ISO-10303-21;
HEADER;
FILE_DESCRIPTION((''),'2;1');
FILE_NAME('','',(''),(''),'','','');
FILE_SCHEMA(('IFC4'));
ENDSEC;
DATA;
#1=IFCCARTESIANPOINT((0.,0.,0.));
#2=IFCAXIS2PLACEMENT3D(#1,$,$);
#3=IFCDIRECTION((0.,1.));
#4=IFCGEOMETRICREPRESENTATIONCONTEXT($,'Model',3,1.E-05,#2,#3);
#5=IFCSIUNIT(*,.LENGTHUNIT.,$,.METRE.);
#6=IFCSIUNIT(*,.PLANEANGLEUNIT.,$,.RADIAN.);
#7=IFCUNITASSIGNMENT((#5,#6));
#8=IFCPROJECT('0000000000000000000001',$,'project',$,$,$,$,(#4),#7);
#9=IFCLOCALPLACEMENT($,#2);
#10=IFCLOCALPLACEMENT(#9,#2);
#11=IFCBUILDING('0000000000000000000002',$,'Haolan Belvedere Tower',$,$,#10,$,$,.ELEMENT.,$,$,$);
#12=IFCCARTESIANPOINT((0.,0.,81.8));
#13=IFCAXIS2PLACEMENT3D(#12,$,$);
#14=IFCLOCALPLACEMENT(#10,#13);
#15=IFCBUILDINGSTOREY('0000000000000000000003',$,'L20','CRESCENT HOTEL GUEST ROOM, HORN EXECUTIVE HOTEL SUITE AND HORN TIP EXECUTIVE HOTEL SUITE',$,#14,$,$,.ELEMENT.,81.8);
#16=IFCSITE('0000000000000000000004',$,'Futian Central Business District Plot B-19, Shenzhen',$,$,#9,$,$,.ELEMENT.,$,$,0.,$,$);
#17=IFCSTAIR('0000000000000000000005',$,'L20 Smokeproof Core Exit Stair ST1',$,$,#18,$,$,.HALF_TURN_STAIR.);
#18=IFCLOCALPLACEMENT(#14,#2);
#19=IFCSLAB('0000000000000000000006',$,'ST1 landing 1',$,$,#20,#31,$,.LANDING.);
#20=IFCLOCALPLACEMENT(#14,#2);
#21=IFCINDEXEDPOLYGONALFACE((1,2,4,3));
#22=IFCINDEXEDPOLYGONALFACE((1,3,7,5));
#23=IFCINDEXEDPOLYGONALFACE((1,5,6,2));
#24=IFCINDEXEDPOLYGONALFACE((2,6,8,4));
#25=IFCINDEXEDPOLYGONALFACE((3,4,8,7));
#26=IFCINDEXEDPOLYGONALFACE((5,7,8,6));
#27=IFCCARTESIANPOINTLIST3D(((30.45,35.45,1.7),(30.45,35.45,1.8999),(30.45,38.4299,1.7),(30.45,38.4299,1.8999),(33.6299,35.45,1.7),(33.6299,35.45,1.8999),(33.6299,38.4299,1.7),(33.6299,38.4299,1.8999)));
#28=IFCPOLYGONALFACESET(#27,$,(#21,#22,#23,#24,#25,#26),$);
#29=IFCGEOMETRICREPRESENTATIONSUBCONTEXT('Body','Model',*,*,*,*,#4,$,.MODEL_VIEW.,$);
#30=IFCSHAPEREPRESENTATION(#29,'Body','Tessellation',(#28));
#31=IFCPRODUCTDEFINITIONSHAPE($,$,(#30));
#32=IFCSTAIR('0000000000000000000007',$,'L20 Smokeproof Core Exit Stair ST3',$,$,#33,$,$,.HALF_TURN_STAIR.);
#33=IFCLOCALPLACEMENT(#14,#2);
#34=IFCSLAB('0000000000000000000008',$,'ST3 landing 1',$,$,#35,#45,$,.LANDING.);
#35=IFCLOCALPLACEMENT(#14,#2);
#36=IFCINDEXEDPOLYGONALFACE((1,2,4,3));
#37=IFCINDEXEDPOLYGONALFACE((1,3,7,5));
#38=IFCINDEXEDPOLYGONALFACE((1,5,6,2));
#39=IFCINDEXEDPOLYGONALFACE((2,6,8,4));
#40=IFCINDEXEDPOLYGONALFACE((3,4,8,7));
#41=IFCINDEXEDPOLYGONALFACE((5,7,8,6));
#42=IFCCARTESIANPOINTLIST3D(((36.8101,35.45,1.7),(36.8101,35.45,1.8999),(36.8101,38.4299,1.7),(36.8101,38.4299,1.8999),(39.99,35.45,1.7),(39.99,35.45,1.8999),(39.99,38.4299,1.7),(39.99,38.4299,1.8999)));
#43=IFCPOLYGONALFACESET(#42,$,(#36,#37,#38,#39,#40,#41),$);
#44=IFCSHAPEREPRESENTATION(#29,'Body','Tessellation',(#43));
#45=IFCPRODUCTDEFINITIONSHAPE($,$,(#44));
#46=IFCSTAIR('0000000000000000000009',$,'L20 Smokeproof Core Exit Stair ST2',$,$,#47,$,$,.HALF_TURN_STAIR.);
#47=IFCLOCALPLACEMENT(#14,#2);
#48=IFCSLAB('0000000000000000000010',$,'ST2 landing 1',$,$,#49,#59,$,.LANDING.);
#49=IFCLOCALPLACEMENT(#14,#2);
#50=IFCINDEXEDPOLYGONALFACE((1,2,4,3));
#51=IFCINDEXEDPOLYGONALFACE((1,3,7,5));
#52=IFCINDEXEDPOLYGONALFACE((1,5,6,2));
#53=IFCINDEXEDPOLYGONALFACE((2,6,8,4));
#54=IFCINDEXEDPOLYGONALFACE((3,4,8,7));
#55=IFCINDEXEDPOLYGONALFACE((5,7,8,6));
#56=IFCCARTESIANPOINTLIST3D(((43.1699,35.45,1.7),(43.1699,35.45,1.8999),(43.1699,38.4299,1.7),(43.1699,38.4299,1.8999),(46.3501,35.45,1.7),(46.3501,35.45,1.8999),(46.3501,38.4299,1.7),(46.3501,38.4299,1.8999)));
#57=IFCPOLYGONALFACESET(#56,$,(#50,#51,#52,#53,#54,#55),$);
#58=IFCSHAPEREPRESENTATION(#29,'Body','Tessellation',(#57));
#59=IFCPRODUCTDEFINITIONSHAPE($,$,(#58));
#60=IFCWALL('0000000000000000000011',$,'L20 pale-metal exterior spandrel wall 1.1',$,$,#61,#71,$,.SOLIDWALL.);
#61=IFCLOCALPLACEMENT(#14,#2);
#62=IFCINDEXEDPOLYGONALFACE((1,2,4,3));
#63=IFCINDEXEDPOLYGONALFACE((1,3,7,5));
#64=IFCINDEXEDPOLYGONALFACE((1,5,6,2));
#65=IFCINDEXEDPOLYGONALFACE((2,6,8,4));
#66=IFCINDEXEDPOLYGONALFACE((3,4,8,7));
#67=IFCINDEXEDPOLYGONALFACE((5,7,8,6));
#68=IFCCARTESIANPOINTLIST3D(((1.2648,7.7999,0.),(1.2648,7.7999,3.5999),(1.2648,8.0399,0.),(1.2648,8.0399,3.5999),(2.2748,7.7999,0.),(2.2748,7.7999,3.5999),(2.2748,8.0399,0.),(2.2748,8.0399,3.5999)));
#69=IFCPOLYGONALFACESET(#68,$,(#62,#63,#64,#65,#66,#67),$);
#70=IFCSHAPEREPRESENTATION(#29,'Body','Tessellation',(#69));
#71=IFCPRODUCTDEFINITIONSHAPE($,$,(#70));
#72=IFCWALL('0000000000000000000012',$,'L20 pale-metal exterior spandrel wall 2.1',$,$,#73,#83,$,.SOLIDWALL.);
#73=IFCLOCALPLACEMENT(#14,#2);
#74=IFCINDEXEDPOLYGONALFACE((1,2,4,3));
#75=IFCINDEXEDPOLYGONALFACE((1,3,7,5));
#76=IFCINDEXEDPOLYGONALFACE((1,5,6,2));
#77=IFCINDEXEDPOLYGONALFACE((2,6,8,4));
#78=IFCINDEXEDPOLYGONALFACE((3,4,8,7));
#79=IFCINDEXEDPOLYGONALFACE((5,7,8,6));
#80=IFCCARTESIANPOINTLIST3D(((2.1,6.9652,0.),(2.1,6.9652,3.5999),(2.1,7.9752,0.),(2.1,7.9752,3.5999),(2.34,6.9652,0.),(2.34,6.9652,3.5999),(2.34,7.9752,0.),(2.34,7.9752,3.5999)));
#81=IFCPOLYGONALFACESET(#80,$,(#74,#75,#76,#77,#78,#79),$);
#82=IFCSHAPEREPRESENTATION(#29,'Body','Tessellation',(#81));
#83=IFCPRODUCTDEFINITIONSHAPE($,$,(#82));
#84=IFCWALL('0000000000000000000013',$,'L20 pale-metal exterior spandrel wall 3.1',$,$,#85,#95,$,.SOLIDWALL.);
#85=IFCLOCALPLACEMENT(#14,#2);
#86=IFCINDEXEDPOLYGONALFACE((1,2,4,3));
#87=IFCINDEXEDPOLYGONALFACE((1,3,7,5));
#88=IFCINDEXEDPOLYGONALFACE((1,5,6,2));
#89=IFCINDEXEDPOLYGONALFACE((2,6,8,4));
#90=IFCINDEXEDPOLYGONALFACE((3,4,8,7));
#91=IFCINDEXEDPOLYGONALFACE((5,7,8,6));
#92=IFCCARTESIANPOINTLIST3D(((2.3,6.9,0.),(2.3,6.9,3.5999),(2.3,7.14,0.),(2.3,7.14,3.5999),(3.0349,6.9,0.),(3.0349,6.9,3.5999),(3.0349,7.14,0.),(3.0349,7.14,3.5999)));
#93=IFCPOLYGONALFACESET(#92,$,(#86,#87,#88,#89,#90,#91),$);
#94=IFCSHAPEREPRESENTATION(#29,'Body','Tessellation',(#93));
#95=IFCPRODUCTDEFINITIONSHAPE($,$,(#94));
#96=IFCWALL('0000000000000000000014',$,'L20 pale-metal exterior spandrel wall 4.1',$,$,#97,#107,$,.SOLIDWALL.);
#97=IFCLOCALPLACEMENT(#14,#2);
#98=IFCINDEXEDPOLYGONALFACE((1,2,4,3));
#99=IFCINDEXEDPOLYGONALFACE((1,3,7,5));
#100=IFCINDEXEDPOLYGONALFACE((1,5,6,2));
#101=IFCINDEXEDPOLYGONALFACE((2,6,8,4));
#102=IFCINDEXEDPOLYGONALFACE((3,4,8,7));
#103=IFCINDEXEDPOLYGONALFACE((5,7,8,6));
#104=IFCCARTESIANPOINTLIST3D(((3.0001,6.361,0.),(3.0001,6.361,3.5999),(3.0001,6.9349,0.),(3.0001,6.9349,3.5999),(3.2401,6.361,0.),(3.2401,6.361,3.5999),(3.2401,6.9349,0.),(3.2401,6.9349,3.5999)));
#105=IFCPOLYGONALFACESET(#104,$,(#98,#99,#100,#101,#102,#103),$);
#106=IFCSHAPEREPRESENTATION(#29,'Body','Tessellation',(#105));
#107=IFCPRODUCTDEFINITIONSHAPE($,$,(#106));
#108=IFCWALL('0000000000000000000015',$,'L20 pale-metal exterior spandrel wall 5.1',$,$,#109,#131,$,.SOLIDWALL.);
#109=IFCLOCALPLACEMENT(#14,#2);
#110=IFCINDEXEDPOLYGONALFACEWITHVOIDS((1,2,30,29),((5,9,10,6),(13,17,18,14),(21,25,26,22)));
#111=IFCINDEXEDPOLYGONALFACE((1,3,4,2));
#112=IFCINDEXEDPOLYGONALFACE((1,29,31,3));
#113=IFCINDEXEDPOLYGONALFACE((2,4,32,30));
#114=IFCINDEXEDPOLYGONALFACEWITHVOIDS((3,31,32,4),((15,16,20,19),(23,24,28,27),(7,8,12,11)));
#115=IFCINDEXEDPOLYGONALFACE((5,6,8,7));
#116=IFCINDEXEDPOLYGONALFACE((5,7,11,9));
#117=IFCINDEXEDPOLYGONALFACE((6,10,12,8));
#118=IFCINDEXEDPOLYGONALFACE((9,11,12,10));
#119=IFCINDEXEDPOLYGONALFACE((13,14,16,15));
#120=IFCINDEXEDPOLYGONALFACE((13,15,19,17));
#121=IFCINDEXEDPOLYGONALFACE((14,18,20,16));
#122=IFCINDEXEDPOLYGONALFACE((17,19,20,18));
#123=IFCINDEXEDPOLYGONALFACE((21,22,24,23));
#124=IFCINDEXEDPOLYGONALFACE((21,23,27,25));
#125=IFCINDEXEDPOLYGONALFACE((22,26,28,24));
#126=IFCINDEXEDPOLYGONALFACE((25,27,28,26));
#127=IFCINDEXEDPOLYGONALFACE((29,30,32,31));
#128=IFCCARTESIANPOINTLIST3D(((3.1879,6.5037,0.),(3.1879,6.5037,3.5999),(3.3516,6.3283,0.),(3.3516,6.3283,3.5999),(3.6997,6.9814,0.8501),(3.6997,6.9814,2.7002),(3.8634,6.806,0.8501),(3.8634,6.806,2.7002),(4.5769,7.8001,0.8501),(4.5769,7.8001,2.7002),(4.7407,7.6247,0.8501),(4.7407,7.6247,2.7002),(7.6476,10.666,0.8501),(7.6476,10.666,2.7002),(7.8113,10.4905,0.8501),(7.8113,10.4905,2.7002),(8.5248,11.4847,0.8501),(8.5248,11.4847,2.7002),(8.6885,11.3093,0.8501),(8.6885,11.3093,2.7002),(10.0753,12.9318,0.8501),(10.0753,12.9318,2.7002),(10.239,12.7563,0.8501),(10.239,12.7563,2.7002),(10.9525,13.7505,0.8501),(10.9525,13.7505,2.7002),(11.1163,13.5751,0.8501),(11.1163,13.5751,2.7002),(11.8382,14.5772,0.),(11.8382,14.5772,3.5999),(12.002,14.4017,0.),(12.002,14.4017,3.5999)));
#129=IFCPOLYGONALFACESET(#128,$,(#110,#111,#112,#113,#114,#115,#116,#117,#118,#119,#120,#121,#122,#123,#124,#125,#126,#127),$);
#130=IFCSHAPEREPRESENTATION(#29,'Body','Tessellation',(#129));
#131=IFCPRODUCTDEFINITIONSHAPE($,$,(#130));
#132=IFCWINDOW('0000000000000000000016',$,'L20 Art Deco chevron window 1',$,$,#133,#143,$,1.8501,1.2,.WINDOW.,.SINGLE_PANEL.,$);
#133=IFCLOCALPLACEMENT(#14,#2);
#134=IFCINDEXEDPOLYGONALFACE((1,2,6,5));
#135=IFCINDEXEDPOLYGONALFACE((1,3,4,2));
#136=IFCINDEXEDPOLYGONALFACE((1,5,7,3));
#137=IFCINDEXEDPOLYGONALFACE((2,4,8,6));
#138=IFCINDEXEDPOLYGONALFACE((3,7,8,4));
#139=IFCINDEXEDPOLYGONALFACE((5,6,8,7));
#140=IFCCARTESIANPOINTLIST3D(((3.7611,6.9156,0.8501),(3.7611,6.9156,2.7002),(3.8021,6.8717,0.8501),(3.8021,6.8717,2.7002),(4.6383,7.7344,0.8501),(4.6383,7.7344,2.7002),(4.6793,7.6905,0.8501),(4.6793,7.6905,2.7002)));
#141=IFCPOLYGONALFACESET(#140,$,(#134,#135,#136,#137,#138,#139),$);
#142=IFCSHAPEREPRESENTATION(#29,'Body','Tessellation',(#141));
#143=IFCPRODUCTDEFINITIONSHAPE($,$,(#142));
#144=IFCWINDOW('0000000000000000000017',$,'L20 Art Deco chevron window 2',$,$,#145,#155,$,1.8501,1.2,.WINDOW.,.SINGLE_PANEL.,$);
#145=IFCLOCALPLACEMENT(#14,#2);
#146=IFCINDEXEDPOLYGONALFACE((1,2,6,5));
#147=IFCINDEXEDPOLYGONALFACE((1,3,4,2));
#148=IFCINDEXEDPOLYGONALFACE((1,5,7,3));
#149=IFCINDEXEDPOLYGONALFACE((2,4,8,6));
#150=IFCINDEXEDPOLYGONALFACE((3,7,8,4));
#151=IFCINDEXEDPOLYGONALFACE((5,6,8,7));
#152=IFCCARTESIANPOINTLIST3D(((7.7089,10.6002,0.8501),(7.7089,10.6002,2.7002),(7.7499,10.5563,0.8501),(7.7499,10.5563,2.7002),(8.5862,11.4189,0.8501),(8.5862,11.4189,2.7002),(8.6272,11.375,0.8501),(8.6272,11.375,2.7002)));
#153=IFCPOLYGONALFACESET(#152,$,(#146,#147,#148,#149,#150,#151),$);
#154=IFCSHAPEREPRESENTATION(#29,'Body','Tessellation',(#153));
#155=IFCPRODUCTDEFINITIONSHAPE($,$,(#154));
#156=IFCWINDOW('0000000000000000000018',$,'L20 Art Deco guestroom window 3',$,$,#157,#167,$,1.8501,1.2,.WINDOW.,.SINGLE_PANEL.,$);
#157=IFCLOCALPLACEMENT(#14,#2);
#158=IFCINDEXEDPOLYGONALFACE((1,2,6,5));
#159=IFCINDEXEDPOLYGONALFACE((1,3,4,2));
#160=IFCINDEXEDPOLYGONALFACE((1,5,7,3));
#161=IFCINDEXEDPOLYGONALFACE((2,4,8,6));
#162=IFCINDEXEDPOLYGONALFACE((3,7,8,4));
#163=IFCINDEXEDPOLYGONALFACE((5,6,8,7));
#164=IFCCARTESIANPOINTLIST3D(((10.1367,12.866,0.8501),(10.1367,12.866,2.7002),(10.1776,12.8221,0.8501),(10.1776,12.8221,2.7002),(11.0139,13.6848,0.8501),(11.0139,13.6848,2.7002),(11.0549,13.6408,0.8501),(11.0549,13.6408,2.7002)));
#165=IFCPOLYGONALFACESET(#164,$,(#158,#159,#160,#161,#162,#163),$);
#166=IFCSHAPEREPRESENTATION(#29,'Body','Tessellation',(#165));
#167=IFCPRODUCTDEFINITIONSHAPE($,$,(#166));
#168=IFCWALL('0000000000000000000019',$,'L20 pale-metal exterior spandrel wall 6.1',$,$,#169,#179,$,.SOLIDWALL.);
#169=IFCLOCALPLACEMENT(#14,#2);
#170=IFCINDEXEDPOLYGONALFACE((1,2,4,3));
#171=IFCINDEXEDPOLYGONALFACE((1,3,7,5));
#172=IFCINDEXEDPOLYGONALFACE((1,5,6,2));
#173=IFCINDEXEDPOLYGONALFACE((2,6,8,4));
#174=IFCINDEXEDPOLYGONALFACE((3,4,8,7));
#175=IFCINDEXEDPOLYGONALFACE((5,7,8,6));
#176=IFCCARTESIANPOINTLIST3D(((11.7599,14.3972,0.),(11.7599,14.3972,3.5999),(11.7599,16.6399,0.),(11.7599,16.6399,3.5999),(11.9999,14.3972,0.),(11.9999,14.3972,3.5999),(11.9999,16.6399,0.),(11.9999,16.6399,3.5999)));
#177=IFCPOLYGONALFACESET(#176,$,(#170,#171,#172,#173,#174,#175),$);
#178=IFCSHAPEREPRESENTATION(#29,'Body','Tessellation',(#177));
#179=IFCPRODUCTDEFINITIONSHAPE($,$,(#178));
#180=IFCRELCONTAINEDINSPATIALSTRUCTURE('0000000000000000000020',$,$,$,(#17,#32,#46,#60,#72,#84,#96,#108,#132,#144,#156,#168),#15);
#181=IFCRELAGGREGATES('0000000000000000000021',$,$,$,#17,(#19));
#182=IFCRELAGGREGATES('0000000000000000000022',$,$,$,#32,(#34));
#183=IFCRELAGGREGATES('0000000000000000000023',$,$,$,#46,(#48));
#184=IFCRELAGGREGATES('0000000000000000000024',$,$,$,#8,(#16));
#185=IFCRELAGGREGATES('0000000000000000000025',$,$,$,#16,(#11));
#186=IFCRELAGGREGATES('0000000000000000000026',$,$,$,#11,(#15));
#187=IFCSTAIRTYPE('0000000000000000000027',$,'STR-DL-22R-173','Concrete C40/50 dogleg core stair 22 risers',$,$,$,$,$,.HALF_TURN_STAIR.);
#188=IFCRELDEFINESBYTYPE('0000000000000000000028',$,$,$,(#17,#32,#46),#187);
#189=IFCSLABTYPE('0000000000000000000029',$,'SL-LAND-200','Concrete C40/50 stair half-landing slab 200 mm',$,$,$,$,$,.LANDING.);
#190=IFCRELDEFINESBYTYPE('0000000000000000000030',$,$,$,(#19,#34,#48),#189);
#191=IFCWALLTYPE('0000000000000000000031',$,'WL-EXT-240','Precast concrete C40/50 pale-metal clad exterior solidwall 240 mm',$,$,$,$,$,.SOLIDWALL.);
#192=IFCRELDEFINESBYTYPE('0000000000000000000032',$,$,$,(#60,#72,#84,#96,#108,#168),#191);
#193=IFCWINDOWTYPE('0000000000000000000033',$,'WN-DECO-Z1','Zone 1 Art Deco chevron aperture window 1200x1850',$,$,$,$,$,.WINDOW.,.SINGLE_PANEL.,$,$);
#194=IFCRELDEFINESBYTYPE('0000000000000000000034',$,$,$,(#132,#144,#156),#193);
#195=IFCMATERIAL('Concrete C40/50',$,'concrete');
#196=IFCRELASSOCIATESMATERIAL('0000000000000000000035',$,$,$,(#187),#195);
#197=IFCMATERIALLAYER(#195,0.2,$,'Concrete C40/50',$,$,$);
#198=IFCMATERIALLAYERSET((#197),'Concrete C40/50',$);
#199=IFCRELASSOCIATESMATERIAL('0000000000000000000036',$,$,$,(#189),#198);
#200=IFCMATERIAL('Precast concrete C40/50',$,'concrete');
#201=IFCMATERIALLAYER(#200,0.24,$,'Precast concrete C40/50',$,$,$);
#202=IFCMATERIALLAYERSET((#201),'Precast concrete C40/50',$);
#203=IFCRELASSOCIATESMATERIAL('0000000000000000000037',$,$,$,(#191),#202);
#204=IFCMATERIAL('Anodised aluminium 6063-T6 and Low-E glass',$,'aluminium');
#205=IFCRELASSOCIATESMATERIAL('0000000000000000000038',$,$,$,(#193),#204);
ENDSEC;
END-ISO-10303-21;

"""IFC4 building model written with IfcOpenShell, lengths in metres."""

from ifc_helpers import new_model, si_unit, direction, frame, frame_2d, origin, place, context, subcontext, project, spatial, polyline, rectangle, outline, extrude, material, layer, layer_set, type_object, element, fill, aggregate, save


model = new_model("IFC4")

# Units and contexts
model_context = context("Model", 3, precision=1e-05, world=origin(), true_north=direction((0.0, 1.0)))
body_context = subcontext(model_context, "Body", "Model", "MODEL_VIEW")
ifc_project = project(units=[si_unit("LENGTHUNIT", "METRE"), si_unit("PLANEANGLEUNIT", "RADIAN")], contexts=[model_context])

# Site, building, storey
site_placement = place(None, origin())
site = spatial("IfcSite", under=ifc_project, at=site_placement, Name="Futian Central Business District Plot B-19, Shenzhen", CompositionType="ELEMENT", RefElevation=0.0)
building_placement = place(site_placement, origin())
building = spatial("IfcBuilding", under=site, at=building_placement, Name="Haolan Belvedere Tower", CompositionType="ELEMENT")
storey_placement = place(building_placement, frame((0.0, 0.0, 81.8)))
storey = spatial("IfcBuildingStorey", under=building, at=storey_placement, Name="L20", Description="CRESCENT HOTEL GUEST ROOM, HORN EXECUTIVE HOTEL SUITE AND HORN TIP EXECUTIVE HOTEL SUITE", CompositionType="ELEMENT", Elevation=81.8)

# Shared definitions
ifc_material_1 = material(Name="Concrete C40/50", Category="concrete")

# Stairs, slabs
stair_type = type_object("IfcStairType", Name="STR-DL-22R-173", Description="Concrete C40/50 dogleg core stair 22 risers", PredefinedType="HALF_TURN_STAIR", material=ifc_material_1)
stair_1_placement = place(storey_placement, origin())
stair_1 = element("IfcStair", 1, at=stair_1_placement, inside=storey, type_object=stair_type, Name="L20 Smokeproof Core Exit Stair ST1", PredefinedType="HALF_TURN_STAIR")
ifc_layer_1 = layer(ifc_material_1, 0.2, Name="Concrete C40/50")
ifc_layer_set_1 = layer_set([ifc_layer_1], Name="Concrete C40/50")
slab_type_1 = type_object("IfcSlabType", Name="SL-LAND-200", Description="Concrete C40/50 stair half-landing slab 200 mm", PredefinedType="LANDING", material=ifc_layer_set_1)
slab_1_placement = place(storey_placement, frame((0.0, 0.0, 1.7)))
slab_1 = element("IfcSlab", 2, at=slab_1_placement, type_object=slab_type_1, Name="ST1 landing 1", PredefinedType="LANDING", context=body_context, shape_type="SweptSolid", body=[
    extrude(outline(polyline([(30.45, 38.4299), (30.45, 35.45), (33.6299, 35.45), (33.6299, 38.4299), (30.45, 38.4299)])), origin(), (0.0, 0.0, 1.0), 0.2),
])
aggregate(stair_1, [slab_1])
stair_2_placement = place(storey_placement, origin())
stair_2 = element("IfcStair", 3, at=stair_2_placement, inside=storey, type_object=stair_type, Name="L20 Smokeproof Core Exit Stair ST3", PredefinedType="HALF_TURN_STAIR")
slab_2_placement = place(storey_placement, frame((0.0, 0.0, 1.7)))
slab_2 = element("IfcSlab", 4, at=slab_2_placement, type_object=slab_type_1, Name="ST3 landing 1", PredefinedType="LANDING", context=body_context, shape_type="SweptSolid", body=[
    extrude(outline(polyline([(36.8101, 38.4299), (36.8101, 35.45), (39.99, 35.45), (39.99, 38.4299), (36.8101, 38.4299)])), origin(), (0.0, 0.0, 1.0), 0.2),
])
aggregate(stair_2, [slab_2])
stair_3_placement = place(storey_placement, origin())
stair_3 = element("IfcStair", 5, at=stair_3_placement, inside=storey, type_object=stair_type, Name="L20 Smokeproof Core Exit Stair ST2", PredefinedType="HALF_TURN_STAIR")
slab_3_placement = place(storey_placement, frame((0.0, 0.0, 1.7)))
slab_3 = element("IfcSlab", 6, at=slab_3_placement, type_object=slab_type_1, Name="ST2 landing 1", PredefinedType="LANDING", context=body_context, shape_type="SweptSolid", body=[
    extrude(outline(polyline([(43.1699, 38.4299), (43.1699, 35.45), (46.3501, 35.45), (46.3501, 38.4299), (43.1699, 38.4299)])), origin(), (0.0, 0.0, 1.0), 0.2),
])
aggregate(stair_3, [slab_3])

# Walls
ifc_material_2 = material(Name="Precast concrete C40/50", Category="concrete")
ifc_layer_2 = layer(ifc_material_2, 0.24, Name="Precast concrete C40/50")
ifc_layer_set_2 = layer_set([ifc_layer_2], Name="Precast concrete C40/50")
wall_type_1 = type_object("IfcWallType", Name="WL-EXT-240", Description="Precast concrete C40/50 pale-metal clad exterior solidwall 240 mm", PredefinedType="SOLIDWALL", material=ifc_layer_set_2)
for number, where, z_axis, x_axis, name in (
    (7, (1.2649, 7.9199, 0.0), (0.0, 0.0, 1.0), (1.0, 0.0, 0.0), "L20 pale-metal exterior spandrel wall 1.1"),
    (8, (2.22, 7.9751, 0.0), (0.0, 0.0, 1.0), (0.0, -1.0, 0.0), "L20 pale-metal exterior spandrel wall 2.1"),
):
    element("IfcWall", number, at=place(storey_placement, frame(where, z_axis=z_axis, x_axis=x_axis)), inside=storey, type_object=wall_type_1, Name=name, PredefinedType="SOLIDWALL", context=body_context, shape_type="SweptSolid", body=[
        extrude(rectangle(XDim=1.01, YDim=0.24, at=frame_2d((0.5049, 0.0))), origin(), (0.0, 0.0, 1.0), 3.5999),
    ])
wall_1_placement = place(storey_placement, frame((2.3, 7.02, 0.0), z_axis=(0.0, 0.0, 1.0), x_axis=(1.0, 0.0, 0.0)))
element("IfcWall", 9, at=wall_1_placement, inside=storey, type_object=wall_type_1, Name="L20 pale-metal exterior spandrel wall 3.1", PredefinedType="SOLIDWALL", context=body_context, shape_type="SweptSolid", body=[
    extrude(rectangle(XDim=0.7349, YDim=0.24, at=frame_2d((0.3674, 0.0))), origin(), (0.0, 0.0, 1.0), 3.5999),
])
wall_2_placement = place(storey_placement, frame((3.1201, 6.9351, 0.0), z_axis=(0.0, 0.0, 1.0), x_axis=(0.0, -1.0, 0.0)))
element("IfcWall", 10, at=wall_2_placement, inside=storey, type_object=wall_type_1, Name="L20 pale-metal exterior spandrel wall 4.1", PredefinedType="SOLIDWALL", context=body_context, shape_type="SweptSolid", body=[
    extrude(rectangle(XDim=0.574, YDim=0.24, at=frame_2d((0.2871, 0.0))), origin(), (0.0, 0.0, 1.0), 3.5999),
])

# Wall, openings, windows
wall_3_placement = place(storey_placement, frame((3.2698, 6.416, 0.0), z_axis=(0.0, 0.0, 1.0), x_axis=(0.731064, 0.682309, 0.0)))
wall_3 = element("IfcWall", 11, at=wall_3_placement, inside=storey, type_object=wall_type_1, Name="L20 pale-metal exterior spandrel wall 5.1", PredefinedType="SOLIDWALL", context=body_context, shape_type="SweptSolid", body=[
    extrude(rectangle(XDim=11.8325, YDim=0.24, at=frame_2d((5.9163, 0.0))), origin(), (0.0, 0.0, 1.0), 3.5999),
])
opening_1_placement = place(wall_3_placement, frame((0.7, 0.0, 0.8501)))
opening_1 = element("IfcOpeningElement", 12, at=opening_1_placement, cuts=wall_3, PredefinedType="OPENING", context=body_context, shape_type="SweptSolid", body=[
    extrude(rectangle(XDim=1.2, YDim=1.8501, at=frame_2d((0.6001, 0.925))), frame((0.0, 0.1299, 0.0), z_axis=(0.0, -1.0, 0.0), x_axis=(1.0, 0.0, 0.0)), (0.0, 0.0, 1.0), 0.26),
])
opening_2_placement = place(wall_3_placement, frame((6.1001, 0.0, 0.8501)))
opening_2 = element("IfcOpeningElement", 13, at=opening_2_placement, cuts=wall_3, PredefinedType="OPENING", context=body_context, shape_type="SweptSolid", body=[
    extrude(rectangle(XDim=1.2, YDim=1.8501, at=frame_2d((0.6001, 0.925))), frame((0.0, 0.1299, 0.0), z_axis=(0.0, -1.0, 0.0), x_axis=(1.0, 0.0, 0.0)), (0.0, 0.0, 1.0), 0.26),
])
opening_3_placement = place(wall_3_placement, frame((9.4209, 0.0, 0.8501)))
opening_3 = element("IfcOpeningElement", 14, at=opening_3_placement, cuts=wall_3, PredefinedType="OPENING", context=body_context, shape_type="SweptSolid", body=[
    extrude(rectangle(XDim=1.2, YDim=1.8501, at=frame_2d((0.6001, 0.925))), frame((0.0, 0.1299, 0.0), z_axis=(0.0, -1.0, 0.0), x_axis=(1.0, 0.0, 0.0)), (0.0, 0.0, 1.0), 0.26),
])
ifc_material_3 = material(Name="Anodised aluminium 6063-T6 and Low-E glass", Category="aluminium")
window_type = type_object("IfcWindowType", Name="WN-DECO-Z1", Description="Zone 1 Art Deco chevron aperture window 1200x1850", PartitioningType="SINGLE_PANEL", PredefinedType="WINDOW", material=ifc_material_3)
window_1_placement = place(opening_1_placement, origin())
window_1 = element("IfcWindow", 15, at=window_1_placement, inside=storey, type_object=window_type, Name="L20 Art Deco chevron window 1", OverallHeight=1.8501, OverallWidth=1.2, PartitioningType="SINGLE_PANEL", PredefinedType="WINDOW", context=body_context, shape_type="SweptSolid", body=[
    extrude(rectangle(XDim=1.2, YDim=1.8501, at=frame_2d((0.6001, 0.925))), frame((0.0, 0.03, 0.0), z_axis=(0.0, -1.0, 0.0), x_axis=(1.0, 0.0, 0.0)), (0.0, 0.0, 1.0), 0.0601),
])
fill(opening_1, window_1)
window_2_placement = place(opening_2_placement, origin())
window_2 = element("IfcWindow", 16, at=window_2_placement, inside=storey, type_object=window_type, Name="L20 Art Deco chevron window 2", OverallHeight=1.8501, OverallWidth=1.2, PartitioningType="SINGLE_PANEL", PredefinedType="WINDOW", context=body_context, shape_type="SweptSolid", body=[
    extrude(rectangle(XDim=1.2, YDim=1.8501, at=frame_2d((0.6001, 0.925))), frame((0.0, 0.03, 0.0), z_axis=(0.0, -1.0, 0.0), x_axis=(1.0, 0.0, 0.0)), (0.0, 0.0, 1.0), 0.0601),
])
fill(opening_2, window_2)
window_3_placement = place(opening_3_placement, origin())
window_3 = element("IfcWindow", 17, at=window_3_placement, inside=storey, type_object=window_type, Name="L20 Art Deco guestroom window 3", OverallHeight=1.8501, OverallWidth=1.2, PartitioningType="SINGLE_PANEL", PredefinedType="WINDOW", context=body_context, shape_type="SweptSolid", body=[
    extrude(rectangle(XDim=1.2, YDim=1.8501, at=frame_2d((0.6001, 0.925))), frame((0.0, 0.03, 0.0), z_axis=(0.0, -1.0, 0.0), x_axis=(1.0, 0.0, 0.0)), (0.0, 0.0, 1.0), 0.0601),
])
fill(opening_3, window_3)

# Wall
wall_4_placement = place(storey_placement, frame((11.8799, 14.3972, 0.0), z_axis=(0.0, 0.0, 1.0), x_axis=(0.0, 1.0, 0.0)))
element("IfcWall", 18, at=wall_4_placement, inside=storey, type_object=wall_type_1, Name="L20 pale-metal exterior spandrel wall 6.1", PredefinedType="SOLIDWALL", context=body_context, shape_type="SweptSolid", body=[
    extrude(rectangle(XDim=2.2427, YDim=0.24, at=frame_2d((1.1213, 0.0))), origin(), (0.0, 0.0, 1.0), 3.5999),
])

save(model, "model.ifc")
